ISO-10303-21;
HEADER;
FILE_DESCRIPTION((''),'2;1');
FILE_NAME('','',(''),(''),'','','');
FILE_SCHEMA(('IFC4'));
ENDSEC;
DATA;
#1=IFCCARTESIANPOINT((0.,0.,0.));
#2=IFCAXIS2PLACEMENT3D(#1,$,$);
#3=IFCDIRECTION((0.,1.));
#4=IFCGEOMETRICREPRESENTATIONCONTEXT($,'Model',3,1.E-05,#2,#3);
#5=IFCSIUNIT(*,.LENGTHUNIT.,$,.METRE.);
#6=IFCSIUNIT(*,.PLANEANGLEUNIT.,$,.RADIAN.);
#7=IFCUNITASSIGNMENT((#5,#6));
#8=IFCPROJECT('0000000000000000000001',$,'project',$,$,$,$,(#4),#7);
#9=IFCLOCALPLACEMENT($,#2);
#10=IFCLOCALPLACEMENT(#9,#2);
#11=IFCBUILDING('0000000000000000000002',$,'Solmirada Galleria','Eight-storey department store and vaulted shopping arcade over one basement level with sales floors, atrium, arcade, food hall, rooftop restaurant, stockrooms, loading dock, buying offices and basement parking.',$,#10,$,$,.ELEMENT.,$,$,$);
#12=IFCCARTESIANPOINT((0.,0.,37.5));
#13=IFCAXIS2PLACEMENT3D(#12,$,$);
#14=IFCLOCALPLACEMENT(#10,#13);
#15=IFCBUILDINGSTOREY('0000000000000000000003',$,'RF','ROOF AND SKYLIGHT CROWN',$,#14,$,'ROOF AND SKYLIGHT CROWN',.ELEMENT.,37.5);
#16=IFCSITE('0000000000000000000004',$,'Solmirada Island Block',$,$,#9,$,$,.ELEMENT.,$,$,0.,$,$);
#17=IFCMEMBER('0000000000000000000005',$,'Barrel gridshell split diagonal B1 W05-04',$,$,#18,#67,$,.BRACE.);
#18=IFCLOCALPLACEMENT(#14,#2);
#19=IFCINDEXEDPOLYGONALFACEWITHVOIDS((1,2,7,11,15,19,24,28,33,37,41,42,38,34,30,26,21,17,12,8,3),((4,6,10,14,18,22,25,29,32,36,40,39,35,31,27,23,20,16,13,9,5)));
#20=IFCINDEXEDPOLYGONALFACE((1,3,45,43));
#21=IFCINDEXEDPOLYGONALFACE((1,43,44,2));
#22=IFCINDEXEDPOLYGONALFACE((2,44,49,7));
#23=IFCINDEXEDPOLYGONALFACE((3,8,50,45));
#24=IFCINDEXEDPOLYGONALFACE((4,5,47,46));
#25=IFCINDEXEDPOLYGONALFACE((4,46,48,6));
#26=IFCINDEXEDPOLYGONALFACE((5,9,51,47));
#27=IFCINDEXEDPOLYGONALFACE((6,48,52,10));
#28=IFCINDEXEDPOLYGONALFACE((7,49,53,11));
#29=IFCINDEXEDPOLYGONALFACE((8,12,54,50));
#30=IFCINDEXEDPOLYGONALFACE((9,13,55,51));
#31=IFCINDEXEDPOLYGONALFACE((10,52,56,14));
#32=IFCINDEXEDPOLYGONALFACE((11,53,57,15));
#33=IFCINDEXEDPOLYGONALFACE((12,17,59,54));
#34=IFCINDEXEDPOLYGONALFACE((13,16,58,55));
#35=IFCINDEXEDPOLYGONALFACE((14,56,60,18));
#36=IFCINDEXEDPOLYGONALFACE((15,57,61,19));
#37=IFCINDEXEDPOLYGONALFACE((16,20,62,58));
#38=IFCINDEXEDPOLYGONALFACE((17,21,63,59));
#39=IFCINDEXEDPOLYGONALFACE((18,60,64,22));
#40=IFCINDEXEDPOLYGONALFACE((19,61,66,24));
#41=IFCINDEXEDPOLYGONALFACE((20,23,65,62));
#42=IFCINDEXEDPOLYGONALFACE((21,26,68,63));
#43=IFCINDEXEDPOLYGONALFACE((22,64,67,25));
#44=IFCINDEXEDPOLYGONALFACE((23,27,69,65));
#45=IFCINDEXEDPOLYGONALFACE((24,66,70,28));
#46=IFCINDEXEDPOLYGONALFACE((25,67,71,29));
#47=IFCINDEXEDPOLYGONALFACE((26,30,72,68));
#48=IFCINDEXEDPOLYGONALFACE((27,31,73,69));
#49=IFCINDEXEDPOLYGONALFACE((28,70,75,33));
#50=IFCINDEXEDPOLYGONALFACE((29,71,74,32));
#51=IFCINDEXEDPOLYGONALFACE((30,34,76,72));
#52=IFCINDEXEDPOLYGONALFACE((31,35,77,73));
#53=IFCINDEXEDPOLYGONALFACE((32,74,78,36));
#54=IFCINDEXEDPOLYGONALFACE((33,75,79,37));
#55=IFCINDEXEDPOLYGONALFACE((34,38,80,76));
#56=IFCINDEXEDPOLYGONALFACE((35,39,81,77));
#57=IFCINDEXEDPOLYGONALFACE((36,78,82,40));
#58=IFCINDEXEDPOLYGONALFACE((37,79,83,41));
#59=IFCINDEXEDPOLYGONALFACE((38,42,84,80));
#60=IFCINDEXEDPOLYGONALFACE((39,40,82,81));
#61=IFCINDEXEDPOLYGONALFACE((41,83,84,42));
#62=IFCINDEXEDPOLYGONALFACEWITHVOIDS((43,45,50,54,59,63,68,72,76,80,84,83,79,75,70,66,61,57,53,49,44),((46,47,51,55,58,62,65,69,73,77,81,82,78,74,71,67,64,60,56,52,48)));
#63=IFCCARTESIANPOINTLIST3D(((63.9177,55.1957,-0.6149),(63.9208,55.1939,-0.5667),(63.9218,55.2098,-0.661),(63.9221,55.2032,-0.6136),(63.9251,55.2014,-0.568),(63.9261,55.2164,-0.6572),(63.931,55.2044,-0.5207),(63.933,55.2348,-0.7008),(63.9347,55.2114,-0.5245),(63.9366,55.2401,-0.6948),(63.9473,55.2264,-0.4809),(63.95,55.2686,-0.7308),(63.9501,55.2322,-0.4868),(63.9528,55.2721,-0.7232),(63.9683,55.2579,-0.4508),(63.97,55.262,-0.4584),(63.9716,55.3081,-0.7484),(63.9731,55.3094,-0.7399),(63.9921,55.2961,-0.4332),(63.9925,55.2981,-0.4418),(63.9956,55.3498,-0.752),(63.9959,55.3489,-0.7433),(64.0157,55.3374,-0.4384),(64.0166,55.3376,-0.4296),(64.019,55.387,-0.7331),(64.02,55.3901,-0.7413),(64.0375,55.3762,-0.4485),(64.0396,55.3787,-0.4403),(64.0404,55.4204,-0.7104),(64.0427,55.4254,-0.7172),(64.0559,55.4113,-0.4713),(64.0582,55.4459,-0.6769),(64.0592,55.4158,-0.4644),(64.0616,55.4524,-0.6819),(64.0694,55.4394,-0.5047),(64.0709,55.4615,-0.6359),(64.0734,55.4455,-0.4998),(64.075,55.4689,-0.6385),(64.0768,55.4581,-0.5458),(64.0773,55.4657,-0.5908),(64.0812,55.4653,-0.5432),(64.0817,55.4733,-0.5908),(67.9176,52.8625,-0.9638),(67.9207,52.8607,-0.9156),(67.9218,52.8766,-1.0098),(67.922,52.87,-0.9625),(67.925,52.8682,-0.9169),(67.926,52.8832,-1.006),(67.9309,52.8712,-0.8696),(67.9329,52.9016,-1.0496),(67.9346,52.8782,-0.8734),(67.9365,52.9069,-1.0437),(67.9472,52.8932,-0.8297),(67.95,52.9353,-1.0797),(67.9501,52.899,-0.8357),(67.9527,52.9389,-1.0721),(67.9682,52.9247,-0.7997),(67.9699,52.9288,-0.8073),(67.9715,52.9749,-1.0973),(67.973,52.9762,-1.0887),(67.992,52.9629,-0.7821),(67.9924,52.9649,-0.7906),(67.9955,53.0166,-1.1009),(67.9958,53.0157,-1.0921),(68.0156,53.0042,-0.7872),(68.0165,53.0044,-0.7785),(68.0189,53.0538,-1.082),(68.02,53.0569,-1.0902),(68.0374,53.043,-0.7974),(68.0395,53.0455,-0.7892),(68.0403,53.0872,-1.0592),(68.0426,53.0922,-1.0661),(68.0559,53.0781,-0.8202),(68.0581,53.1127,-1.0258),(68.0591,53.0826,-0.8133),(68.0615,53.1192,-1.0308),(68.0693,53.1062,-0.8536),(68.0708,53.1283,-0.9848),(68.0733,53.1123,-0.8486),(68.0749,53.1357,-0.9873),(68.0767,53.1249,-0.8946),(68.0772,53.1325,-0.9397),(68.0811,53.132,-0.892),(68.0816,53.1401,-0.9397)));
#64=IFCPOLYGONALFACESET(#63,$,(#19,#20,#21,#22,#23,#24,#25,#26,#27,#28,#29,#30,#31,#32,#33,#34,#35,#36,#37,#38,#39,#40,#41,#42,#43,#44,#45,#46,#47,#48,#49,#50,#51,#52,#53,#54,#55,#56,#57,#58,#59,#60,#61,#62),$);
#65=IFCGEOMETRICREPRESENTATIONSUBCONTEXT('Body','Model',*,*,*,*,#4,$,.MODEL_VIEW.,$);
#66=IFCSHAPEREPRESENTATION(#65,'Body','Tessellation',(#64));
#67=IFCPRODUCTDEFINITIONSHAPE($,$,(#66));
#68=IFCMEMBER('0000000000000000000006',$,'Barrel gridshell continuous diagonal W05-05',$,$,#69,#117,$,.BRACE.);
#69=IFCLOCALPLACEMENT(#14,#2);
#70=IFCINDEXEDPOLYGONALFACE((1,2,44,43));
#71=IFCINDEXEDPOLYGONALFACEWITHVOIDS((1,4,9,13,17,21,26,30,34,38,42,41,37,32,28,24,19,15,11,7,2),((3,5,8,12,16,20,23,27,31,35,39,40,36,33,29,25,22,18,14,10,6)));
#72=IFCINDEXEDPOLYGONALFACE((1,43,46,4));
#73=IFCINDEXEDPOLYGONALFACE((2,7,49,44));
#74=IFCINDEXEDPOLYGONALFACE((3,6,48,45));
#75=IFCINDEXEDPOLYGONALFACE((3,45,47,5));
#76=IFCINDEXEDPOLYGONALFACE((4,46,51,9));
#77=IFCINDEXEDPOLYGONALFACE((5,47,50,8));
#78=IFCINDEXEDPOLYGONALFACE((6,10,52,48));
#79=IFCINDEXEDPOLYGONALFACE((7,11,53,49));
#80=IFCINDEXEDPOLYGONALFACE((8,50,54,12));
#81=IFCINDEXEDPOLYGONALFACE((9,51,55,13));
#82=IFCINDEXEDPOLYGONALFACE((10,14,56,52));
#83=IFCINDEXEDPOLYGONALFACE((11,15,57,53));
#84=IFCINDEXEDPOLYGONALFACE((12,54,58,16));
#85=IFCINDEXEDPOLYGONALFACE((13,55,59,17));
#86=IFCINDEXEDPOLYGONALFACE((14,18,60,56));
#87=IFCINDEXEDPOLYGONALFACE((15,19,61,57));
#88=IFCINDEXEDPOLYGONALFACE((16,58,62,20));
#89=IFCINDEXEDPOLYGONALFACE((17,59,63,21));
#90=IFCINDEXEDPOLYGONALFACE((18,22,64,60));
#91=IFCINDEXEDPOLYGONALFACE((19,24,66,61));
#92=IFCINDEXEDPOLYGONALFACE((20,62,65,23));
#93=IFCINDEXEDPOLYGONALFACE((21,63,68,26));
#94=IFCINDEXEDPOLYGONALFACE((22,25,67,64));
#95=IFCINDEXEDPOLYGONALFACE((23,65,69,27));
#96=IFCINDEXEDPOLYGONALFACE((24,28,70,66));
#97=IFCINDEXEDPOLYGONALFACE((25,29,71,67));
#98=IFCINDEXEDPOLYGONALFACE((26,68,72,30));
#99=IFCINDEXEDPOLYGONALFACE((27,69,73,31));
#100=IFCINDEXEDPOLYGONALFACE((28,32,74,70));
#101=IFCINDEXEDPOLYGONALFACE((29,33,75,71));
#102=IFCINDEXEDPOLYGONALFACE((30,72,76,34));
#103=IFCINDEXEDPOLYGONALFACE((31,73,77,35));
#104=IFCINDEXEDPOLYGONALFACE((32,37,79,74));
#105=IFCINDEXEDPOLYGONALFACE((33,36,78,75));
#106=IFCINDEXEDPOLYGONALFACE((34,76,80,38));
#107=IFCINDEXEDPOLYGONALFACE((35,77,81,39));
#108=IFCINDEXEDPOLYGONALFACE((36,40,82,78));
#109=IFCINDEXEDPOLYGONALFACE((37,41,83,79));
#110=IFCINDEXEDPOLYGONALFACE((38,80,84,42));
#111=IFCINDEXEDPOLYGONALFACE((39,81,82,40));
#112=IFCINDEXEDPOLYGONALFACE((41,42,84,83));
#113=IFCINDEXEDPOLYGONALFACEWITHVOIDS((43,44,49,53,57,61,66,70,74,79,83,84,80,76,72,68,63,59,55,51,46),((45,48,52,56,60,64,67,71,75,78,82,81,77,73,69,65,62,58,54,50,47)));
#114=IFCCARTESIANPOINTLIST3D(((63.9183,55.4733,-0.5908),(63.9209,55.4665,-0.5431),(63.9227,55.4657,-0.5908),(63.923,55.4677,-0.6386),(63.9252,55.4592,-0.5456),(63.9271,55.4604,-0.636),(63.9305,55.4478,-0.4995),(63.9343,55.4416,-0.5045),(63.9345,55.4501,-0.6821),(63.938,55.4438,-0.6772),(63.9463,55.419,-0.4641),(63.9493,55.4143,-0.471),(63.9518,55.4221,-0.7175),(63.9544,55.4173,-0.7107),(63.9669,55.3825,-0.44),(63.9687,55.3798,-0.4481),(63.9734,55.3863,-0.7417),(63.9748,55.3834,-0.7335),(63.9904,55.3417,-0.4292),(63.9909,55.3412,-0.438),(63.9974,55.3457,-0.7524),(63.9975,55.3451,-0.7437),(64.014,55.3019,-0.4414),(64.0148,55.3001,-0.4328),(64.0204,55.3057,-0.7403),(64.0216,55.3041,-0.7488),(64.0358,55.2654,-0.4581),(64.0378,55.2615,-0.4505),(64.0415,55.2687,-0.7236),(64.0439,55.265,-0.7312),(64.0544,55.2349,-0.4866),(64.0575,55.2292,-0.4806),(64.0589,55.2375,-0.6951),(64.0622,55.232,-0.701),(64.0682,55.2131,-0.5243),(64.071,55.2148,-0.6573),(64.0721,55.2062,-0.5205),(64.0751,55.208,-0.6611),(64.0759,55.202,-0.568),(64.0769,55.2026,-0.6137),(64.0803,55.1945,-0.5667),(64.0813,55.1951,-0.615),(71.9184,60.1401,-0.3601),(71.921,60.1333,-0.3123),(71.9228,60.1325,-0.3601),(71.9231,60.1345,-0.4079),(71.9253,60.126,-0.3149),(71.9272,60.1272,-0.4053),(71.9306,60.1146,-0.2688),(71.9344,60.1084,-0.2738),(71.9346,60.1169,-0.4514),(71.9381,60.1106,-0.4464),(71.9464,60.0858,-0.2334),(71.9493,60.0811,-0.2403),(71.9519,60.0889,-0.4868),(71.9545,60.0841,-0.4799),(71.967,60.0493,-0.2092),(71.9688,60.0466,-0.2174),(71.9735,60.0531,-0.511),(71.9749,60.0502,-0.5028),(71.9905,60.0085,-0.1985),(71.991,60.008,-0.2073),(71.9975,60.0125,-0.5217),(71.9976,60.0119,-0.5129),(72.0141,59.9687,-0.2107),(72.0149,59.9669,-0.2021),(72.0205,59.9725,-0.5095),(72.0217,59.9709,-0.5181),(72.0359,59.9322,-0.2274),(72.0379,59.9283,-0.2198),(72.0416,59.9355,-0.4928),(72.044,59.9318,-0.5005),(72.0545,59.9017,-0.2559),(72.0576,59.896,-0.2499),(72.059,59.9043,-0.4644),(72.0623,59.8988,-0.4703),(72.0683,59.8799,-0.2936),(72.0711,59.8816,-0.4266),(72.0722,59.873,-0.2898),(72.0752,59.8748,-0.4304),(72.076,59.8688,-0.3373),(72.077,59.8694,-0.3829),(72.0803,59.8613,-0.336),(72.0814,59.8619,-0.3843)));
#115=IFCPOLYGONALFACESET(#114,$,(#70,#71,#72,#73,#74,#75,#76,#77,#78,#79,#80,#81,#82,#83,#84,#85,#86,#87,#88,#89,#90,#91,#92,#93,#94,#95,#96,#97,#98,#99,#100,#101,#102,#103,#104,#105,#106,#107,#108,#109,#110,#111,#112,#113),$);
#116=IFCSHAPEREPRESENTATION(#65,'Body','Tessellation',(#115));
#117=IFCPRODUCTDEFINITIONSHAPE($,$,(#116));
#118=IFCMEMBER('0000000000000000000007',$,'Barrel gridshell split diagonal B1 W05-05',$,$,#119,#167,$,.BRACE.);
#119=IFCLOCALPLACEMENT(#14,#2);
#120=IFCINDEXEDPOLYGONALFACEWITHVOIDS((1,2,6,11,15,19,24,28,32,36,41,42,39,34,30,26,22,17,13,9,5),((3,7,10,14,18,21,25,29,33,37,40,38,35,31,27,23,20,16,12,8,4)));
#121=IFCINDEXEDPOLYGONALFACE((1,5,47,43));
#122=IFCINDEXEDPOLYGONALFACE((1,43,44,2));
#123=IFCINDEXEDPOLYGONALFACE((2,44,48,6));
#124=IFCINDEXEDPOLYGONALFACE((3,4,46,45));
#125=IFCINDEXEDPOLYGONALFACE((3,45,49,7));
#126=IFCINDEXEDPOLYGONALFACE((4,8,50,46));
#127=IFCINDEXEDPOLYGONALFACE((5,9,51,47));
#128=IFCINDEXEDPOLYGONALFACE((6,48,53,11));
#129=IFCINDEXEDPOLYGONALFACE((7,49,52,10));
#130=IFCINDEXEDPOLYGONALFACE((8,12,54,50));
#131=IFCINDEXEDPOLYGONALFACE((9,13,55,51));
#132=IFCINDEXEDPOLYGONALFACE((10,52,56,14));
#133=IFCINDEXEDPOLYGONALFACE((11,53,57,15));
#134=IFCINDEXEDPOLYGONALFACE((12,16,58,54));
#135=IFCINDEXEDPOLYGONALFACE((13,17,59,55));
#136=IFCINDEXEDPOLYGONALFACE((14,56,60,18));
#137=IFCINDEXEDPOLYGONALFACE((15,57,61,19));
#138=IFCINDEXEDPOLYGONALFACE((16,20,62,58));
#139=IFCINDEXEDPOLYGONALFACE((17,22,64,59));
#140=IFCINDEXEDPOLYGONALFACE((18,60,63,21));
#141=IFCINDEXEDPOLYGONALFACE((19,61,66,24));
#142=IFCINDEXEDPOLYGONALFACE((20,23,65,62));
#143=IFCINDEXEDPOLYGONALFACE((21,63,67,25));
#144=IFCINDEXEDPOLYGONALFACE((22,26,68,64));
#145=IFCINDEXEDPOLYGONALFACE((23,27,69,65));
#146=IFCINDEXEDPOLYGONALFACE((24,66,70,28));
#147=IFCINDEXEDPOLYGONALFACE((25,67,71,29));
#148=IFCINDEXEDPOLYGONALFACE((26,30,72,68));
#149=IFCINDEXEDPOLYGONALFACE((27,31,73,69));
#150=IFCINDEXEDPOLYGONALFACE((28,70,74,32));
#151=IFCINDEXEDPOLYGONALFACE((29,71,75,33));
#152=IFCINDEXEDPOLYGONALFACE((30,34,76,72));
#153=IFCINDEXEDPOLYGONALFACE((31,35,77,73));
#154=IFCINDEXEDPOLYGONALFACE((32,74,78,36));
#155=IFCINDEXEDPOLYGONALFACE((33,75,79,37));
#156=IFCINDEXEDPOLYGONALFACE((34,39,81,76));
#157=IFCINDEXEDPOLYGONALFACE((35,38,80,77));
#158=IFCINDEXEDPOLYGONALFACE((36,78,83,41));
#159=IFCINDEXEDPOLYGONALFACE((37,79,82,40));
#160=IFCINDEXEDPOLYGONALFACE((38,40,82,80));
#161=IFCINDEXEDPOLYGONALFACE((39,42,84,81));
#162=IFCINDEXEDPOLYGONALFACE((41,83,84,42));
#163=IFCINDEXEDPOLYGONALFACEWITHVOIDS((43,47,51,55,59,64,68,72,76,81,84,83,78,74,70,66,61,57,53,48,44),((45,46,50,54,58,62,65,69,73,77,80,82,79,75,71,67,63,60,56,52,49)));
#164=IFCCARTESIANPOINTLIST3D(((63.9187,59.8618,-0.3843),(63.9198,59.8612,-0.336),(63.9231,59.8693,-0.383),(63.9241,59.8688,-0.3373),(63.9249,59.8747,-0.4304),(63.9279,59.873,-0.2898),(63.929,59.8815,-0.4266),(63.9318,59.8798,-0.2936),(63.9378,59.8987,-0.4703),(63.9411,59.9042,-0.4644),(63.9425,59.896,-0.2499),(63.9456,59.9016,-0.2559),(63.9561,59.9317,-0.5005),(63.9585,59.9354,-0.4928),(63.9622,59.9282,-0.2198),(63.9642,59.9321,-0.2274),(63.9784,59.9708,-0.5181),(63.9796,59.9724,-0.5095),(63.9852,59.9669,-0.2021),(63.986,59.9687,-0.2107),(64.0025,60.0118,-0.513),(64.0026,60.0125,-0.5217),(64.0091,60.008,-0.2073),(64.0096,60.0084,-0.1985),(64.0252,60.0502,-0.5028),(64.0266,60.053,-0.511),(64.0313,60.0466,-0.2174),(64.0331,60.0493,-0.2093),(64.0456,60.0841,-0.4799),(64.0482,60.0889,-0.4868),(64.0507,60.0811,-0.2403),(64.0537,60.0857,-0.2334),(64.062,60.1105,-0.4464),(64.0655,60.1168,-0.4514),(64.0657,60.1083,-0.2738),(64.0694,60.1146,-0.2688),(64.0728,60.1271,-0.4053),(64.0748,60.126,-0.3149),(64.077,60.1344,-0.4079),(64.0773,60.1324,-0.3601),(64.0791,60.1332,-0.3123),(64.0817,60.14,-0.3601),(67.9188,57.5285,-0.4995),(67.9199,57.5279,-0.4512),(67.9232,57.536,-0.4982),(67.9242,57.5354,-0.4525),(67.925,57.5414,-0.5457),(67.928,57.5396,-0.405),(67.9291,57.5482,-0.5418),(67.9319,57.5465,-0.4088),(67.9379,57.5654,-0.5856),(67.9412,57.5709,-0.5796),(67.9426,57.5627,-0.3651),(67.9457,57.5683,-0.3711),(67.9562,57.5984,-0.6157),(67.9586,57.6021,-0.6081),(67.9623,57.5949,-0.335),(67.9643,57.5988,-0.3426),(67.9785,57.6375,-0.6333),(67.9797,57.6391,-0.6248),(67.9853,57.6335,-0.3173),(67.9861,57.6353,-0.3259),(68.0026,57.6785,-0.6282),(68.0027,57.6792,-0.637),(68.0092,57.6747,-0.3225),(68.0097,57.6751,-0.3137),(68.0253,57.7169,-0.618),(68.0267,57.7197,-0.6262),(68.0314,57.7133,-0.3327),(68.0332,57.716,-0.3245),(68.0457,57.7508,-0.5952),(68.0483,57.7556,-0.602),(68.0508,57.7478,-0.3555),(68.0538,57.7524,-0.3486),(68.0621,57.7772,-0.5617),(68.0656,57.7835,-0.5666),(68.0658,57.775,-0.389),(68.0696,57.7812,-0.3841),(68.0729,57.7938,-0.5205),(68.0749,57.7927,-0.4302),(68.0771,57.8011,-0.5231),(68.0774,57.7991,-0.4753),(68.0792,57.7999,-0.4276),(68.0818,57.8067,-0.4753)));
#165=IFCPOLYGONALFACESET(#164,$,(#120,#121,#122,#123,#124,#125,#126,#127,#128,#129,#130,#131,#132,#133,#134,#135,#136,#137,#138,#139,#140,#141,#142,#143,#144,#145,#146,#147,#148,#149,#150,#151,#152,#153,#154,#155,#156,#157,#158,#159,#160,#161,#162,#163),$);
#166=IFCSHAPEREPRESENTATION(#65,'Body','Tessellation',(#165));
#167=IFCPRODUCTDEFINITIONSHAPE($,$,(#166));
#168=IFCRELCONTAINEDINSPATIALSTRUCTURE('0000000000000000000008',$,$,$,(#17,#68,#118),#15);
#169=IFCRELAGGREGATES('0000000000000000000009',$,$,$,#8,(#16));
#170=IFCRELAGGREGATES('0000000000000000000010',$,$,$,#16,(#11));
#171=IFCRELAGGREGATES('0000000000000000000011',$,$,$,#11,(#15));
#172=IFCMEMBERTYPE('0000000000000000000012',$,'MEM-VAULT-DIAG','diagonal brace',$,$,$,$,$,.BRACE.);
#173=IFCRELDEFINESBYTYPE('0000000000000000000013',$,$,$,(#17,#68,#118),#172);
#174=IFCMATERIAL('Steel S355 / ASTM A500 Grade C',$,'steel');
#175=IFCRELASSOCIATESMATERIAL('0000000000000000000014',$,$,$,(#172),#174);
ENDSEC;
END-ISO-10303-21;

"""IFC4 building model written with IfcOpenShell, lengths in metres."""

from ifc_helpers import new_model, si_unit, direction, frame, origin, origin_2d, place, context, subcontext, project, spatial, hollow_circle, extrude, material, material_profile, profile_set, type_object, element, save


model = new_model("IFC4")

# Units and contexts
model_context = context("Model", 3, precision=1e-05, world=origin(), true_north=direction((0.0, 1.0)))
body_context = subcontext(model_context, "Body", "Model", "MODEL_VIEW")
ifc_project = project(units=[si_unit("LENGTHUNIT", "METRE"), si_unit("PLANEANGLEUNIT", "RADIAN")], contexts=[model_context])

# Site, building, storey
site_placement = place(None, origin())
site = spatial("IfcSite", under=ifc_project, at=site_placement, Name="Solmirada Island Block", CompositionType="ELEMENT", RefElevation=0.0)
building_placement = place(site_placement, origin())
building = spatial("IfcBuilding", under=site, at=building_placement, Name="Solmirada Galleria", Description="Eight-storey department store and vaulted shopping arcade over one basement level with sales floors, atrium, arcade, food hall, rooftop restaurant, stockrooms, loading dock, buying offices and basement parking.", CompositionType="ELEMENT")
storey_placement = place(building_placement, frame((0.0, 0.0, 37.5)))
storey = spatial("IfcBuildingStorey", under=building, at=storey_placement, Name="RF", Description="ROOF AND SKYLIGHT CROWN", LongName="ROOF AND SKYLIGHT CROWN", CompositionType="ELEMENT", Elevation=37.5)

# Members
ifc_material_1 = material(Name="Steel S355 / ASTM A500 Grade C", Category="steel")
ifc_material_profile_1 = material_profile(ifc_material_1, hollow_circle(Radius=0.1621, WallThickness=0.0088, at=origin_2d()), Name="HSS12.750X0.375")
ifc_profile_set_1 = profile_set([ifc_material_profile_1], Name="Steel S355 / ASTM A500 Grade C")
member_type_1 = type_object("IfcMemberType", Name="MEM-VAULT-DIAG", Description="diagonal brace", PredefinedType="BRACE", material=ifc_profile_set_1)
member_1_placement = place(storey_placement, frame((64.0, 55.3333, -0.5908), z_axis=(0.861346, -0.502434, -0.075126), x_axis=(0.503858, 0.863787, 0.0)))
element("IfcMember", 1, at=member_1_placement, inside=storey, type_object=member_type_1, Name="Barrel gridshell split diagonal B1 W05-04", PredefinedType="BRACE", context=body_context, shape_type="SweptSolid", body=[
    extrude(hollow_circle(Radius=0.1621, WallThickness=0.0088, at=origin_2d()), origin(), (0.0, 0.0, 1.0), 4.6438),
])
member_2_placement = place(storey_placement, frame((64.0, 55.3333, -0.5908), z_axis=(0.863507, 0.503721, 0.024903), x_axis=(-0.503878, 0.863775, 0.0)))
element("IfcMember", 2, at=member_2_placement, inside=storey, type_object=member_type_1, Name="Barrel gridshell continuous diagonal W05-05", PredefinedType="BRACE", context=body_context, shape_type="SweptSolid", body=[
    extrude(hollow_circle(Radius=0.1621, WallThickness=0.0088, at=origin_2d()), origin(), (0.0, 0.0, 1.0), 9.2646),
])
member_3_placement = place(storey_placement, frame((64.0, 60.0, -0.3601), z_axis=(0.863519, -0.503702, -0.024877), x_axis=(0.503858, 0.863787, 0.0)))
element("IfcMember", 3, at=member_3_placement, inside=storey, type_object=member_type_1, Name="Barrel gridshell split diagonal B1 W05-05", PredefinedType="BRACE", context=body_context, shape_type="SweptSolid", body=[
    extrude(hollow_circle(Radius=0.1621, WallThickness=0.0088, at=origin_2d()), origin(), (0.0, 0.0, 1.0), 4.6323),
])

save(model, "model.ifc")
